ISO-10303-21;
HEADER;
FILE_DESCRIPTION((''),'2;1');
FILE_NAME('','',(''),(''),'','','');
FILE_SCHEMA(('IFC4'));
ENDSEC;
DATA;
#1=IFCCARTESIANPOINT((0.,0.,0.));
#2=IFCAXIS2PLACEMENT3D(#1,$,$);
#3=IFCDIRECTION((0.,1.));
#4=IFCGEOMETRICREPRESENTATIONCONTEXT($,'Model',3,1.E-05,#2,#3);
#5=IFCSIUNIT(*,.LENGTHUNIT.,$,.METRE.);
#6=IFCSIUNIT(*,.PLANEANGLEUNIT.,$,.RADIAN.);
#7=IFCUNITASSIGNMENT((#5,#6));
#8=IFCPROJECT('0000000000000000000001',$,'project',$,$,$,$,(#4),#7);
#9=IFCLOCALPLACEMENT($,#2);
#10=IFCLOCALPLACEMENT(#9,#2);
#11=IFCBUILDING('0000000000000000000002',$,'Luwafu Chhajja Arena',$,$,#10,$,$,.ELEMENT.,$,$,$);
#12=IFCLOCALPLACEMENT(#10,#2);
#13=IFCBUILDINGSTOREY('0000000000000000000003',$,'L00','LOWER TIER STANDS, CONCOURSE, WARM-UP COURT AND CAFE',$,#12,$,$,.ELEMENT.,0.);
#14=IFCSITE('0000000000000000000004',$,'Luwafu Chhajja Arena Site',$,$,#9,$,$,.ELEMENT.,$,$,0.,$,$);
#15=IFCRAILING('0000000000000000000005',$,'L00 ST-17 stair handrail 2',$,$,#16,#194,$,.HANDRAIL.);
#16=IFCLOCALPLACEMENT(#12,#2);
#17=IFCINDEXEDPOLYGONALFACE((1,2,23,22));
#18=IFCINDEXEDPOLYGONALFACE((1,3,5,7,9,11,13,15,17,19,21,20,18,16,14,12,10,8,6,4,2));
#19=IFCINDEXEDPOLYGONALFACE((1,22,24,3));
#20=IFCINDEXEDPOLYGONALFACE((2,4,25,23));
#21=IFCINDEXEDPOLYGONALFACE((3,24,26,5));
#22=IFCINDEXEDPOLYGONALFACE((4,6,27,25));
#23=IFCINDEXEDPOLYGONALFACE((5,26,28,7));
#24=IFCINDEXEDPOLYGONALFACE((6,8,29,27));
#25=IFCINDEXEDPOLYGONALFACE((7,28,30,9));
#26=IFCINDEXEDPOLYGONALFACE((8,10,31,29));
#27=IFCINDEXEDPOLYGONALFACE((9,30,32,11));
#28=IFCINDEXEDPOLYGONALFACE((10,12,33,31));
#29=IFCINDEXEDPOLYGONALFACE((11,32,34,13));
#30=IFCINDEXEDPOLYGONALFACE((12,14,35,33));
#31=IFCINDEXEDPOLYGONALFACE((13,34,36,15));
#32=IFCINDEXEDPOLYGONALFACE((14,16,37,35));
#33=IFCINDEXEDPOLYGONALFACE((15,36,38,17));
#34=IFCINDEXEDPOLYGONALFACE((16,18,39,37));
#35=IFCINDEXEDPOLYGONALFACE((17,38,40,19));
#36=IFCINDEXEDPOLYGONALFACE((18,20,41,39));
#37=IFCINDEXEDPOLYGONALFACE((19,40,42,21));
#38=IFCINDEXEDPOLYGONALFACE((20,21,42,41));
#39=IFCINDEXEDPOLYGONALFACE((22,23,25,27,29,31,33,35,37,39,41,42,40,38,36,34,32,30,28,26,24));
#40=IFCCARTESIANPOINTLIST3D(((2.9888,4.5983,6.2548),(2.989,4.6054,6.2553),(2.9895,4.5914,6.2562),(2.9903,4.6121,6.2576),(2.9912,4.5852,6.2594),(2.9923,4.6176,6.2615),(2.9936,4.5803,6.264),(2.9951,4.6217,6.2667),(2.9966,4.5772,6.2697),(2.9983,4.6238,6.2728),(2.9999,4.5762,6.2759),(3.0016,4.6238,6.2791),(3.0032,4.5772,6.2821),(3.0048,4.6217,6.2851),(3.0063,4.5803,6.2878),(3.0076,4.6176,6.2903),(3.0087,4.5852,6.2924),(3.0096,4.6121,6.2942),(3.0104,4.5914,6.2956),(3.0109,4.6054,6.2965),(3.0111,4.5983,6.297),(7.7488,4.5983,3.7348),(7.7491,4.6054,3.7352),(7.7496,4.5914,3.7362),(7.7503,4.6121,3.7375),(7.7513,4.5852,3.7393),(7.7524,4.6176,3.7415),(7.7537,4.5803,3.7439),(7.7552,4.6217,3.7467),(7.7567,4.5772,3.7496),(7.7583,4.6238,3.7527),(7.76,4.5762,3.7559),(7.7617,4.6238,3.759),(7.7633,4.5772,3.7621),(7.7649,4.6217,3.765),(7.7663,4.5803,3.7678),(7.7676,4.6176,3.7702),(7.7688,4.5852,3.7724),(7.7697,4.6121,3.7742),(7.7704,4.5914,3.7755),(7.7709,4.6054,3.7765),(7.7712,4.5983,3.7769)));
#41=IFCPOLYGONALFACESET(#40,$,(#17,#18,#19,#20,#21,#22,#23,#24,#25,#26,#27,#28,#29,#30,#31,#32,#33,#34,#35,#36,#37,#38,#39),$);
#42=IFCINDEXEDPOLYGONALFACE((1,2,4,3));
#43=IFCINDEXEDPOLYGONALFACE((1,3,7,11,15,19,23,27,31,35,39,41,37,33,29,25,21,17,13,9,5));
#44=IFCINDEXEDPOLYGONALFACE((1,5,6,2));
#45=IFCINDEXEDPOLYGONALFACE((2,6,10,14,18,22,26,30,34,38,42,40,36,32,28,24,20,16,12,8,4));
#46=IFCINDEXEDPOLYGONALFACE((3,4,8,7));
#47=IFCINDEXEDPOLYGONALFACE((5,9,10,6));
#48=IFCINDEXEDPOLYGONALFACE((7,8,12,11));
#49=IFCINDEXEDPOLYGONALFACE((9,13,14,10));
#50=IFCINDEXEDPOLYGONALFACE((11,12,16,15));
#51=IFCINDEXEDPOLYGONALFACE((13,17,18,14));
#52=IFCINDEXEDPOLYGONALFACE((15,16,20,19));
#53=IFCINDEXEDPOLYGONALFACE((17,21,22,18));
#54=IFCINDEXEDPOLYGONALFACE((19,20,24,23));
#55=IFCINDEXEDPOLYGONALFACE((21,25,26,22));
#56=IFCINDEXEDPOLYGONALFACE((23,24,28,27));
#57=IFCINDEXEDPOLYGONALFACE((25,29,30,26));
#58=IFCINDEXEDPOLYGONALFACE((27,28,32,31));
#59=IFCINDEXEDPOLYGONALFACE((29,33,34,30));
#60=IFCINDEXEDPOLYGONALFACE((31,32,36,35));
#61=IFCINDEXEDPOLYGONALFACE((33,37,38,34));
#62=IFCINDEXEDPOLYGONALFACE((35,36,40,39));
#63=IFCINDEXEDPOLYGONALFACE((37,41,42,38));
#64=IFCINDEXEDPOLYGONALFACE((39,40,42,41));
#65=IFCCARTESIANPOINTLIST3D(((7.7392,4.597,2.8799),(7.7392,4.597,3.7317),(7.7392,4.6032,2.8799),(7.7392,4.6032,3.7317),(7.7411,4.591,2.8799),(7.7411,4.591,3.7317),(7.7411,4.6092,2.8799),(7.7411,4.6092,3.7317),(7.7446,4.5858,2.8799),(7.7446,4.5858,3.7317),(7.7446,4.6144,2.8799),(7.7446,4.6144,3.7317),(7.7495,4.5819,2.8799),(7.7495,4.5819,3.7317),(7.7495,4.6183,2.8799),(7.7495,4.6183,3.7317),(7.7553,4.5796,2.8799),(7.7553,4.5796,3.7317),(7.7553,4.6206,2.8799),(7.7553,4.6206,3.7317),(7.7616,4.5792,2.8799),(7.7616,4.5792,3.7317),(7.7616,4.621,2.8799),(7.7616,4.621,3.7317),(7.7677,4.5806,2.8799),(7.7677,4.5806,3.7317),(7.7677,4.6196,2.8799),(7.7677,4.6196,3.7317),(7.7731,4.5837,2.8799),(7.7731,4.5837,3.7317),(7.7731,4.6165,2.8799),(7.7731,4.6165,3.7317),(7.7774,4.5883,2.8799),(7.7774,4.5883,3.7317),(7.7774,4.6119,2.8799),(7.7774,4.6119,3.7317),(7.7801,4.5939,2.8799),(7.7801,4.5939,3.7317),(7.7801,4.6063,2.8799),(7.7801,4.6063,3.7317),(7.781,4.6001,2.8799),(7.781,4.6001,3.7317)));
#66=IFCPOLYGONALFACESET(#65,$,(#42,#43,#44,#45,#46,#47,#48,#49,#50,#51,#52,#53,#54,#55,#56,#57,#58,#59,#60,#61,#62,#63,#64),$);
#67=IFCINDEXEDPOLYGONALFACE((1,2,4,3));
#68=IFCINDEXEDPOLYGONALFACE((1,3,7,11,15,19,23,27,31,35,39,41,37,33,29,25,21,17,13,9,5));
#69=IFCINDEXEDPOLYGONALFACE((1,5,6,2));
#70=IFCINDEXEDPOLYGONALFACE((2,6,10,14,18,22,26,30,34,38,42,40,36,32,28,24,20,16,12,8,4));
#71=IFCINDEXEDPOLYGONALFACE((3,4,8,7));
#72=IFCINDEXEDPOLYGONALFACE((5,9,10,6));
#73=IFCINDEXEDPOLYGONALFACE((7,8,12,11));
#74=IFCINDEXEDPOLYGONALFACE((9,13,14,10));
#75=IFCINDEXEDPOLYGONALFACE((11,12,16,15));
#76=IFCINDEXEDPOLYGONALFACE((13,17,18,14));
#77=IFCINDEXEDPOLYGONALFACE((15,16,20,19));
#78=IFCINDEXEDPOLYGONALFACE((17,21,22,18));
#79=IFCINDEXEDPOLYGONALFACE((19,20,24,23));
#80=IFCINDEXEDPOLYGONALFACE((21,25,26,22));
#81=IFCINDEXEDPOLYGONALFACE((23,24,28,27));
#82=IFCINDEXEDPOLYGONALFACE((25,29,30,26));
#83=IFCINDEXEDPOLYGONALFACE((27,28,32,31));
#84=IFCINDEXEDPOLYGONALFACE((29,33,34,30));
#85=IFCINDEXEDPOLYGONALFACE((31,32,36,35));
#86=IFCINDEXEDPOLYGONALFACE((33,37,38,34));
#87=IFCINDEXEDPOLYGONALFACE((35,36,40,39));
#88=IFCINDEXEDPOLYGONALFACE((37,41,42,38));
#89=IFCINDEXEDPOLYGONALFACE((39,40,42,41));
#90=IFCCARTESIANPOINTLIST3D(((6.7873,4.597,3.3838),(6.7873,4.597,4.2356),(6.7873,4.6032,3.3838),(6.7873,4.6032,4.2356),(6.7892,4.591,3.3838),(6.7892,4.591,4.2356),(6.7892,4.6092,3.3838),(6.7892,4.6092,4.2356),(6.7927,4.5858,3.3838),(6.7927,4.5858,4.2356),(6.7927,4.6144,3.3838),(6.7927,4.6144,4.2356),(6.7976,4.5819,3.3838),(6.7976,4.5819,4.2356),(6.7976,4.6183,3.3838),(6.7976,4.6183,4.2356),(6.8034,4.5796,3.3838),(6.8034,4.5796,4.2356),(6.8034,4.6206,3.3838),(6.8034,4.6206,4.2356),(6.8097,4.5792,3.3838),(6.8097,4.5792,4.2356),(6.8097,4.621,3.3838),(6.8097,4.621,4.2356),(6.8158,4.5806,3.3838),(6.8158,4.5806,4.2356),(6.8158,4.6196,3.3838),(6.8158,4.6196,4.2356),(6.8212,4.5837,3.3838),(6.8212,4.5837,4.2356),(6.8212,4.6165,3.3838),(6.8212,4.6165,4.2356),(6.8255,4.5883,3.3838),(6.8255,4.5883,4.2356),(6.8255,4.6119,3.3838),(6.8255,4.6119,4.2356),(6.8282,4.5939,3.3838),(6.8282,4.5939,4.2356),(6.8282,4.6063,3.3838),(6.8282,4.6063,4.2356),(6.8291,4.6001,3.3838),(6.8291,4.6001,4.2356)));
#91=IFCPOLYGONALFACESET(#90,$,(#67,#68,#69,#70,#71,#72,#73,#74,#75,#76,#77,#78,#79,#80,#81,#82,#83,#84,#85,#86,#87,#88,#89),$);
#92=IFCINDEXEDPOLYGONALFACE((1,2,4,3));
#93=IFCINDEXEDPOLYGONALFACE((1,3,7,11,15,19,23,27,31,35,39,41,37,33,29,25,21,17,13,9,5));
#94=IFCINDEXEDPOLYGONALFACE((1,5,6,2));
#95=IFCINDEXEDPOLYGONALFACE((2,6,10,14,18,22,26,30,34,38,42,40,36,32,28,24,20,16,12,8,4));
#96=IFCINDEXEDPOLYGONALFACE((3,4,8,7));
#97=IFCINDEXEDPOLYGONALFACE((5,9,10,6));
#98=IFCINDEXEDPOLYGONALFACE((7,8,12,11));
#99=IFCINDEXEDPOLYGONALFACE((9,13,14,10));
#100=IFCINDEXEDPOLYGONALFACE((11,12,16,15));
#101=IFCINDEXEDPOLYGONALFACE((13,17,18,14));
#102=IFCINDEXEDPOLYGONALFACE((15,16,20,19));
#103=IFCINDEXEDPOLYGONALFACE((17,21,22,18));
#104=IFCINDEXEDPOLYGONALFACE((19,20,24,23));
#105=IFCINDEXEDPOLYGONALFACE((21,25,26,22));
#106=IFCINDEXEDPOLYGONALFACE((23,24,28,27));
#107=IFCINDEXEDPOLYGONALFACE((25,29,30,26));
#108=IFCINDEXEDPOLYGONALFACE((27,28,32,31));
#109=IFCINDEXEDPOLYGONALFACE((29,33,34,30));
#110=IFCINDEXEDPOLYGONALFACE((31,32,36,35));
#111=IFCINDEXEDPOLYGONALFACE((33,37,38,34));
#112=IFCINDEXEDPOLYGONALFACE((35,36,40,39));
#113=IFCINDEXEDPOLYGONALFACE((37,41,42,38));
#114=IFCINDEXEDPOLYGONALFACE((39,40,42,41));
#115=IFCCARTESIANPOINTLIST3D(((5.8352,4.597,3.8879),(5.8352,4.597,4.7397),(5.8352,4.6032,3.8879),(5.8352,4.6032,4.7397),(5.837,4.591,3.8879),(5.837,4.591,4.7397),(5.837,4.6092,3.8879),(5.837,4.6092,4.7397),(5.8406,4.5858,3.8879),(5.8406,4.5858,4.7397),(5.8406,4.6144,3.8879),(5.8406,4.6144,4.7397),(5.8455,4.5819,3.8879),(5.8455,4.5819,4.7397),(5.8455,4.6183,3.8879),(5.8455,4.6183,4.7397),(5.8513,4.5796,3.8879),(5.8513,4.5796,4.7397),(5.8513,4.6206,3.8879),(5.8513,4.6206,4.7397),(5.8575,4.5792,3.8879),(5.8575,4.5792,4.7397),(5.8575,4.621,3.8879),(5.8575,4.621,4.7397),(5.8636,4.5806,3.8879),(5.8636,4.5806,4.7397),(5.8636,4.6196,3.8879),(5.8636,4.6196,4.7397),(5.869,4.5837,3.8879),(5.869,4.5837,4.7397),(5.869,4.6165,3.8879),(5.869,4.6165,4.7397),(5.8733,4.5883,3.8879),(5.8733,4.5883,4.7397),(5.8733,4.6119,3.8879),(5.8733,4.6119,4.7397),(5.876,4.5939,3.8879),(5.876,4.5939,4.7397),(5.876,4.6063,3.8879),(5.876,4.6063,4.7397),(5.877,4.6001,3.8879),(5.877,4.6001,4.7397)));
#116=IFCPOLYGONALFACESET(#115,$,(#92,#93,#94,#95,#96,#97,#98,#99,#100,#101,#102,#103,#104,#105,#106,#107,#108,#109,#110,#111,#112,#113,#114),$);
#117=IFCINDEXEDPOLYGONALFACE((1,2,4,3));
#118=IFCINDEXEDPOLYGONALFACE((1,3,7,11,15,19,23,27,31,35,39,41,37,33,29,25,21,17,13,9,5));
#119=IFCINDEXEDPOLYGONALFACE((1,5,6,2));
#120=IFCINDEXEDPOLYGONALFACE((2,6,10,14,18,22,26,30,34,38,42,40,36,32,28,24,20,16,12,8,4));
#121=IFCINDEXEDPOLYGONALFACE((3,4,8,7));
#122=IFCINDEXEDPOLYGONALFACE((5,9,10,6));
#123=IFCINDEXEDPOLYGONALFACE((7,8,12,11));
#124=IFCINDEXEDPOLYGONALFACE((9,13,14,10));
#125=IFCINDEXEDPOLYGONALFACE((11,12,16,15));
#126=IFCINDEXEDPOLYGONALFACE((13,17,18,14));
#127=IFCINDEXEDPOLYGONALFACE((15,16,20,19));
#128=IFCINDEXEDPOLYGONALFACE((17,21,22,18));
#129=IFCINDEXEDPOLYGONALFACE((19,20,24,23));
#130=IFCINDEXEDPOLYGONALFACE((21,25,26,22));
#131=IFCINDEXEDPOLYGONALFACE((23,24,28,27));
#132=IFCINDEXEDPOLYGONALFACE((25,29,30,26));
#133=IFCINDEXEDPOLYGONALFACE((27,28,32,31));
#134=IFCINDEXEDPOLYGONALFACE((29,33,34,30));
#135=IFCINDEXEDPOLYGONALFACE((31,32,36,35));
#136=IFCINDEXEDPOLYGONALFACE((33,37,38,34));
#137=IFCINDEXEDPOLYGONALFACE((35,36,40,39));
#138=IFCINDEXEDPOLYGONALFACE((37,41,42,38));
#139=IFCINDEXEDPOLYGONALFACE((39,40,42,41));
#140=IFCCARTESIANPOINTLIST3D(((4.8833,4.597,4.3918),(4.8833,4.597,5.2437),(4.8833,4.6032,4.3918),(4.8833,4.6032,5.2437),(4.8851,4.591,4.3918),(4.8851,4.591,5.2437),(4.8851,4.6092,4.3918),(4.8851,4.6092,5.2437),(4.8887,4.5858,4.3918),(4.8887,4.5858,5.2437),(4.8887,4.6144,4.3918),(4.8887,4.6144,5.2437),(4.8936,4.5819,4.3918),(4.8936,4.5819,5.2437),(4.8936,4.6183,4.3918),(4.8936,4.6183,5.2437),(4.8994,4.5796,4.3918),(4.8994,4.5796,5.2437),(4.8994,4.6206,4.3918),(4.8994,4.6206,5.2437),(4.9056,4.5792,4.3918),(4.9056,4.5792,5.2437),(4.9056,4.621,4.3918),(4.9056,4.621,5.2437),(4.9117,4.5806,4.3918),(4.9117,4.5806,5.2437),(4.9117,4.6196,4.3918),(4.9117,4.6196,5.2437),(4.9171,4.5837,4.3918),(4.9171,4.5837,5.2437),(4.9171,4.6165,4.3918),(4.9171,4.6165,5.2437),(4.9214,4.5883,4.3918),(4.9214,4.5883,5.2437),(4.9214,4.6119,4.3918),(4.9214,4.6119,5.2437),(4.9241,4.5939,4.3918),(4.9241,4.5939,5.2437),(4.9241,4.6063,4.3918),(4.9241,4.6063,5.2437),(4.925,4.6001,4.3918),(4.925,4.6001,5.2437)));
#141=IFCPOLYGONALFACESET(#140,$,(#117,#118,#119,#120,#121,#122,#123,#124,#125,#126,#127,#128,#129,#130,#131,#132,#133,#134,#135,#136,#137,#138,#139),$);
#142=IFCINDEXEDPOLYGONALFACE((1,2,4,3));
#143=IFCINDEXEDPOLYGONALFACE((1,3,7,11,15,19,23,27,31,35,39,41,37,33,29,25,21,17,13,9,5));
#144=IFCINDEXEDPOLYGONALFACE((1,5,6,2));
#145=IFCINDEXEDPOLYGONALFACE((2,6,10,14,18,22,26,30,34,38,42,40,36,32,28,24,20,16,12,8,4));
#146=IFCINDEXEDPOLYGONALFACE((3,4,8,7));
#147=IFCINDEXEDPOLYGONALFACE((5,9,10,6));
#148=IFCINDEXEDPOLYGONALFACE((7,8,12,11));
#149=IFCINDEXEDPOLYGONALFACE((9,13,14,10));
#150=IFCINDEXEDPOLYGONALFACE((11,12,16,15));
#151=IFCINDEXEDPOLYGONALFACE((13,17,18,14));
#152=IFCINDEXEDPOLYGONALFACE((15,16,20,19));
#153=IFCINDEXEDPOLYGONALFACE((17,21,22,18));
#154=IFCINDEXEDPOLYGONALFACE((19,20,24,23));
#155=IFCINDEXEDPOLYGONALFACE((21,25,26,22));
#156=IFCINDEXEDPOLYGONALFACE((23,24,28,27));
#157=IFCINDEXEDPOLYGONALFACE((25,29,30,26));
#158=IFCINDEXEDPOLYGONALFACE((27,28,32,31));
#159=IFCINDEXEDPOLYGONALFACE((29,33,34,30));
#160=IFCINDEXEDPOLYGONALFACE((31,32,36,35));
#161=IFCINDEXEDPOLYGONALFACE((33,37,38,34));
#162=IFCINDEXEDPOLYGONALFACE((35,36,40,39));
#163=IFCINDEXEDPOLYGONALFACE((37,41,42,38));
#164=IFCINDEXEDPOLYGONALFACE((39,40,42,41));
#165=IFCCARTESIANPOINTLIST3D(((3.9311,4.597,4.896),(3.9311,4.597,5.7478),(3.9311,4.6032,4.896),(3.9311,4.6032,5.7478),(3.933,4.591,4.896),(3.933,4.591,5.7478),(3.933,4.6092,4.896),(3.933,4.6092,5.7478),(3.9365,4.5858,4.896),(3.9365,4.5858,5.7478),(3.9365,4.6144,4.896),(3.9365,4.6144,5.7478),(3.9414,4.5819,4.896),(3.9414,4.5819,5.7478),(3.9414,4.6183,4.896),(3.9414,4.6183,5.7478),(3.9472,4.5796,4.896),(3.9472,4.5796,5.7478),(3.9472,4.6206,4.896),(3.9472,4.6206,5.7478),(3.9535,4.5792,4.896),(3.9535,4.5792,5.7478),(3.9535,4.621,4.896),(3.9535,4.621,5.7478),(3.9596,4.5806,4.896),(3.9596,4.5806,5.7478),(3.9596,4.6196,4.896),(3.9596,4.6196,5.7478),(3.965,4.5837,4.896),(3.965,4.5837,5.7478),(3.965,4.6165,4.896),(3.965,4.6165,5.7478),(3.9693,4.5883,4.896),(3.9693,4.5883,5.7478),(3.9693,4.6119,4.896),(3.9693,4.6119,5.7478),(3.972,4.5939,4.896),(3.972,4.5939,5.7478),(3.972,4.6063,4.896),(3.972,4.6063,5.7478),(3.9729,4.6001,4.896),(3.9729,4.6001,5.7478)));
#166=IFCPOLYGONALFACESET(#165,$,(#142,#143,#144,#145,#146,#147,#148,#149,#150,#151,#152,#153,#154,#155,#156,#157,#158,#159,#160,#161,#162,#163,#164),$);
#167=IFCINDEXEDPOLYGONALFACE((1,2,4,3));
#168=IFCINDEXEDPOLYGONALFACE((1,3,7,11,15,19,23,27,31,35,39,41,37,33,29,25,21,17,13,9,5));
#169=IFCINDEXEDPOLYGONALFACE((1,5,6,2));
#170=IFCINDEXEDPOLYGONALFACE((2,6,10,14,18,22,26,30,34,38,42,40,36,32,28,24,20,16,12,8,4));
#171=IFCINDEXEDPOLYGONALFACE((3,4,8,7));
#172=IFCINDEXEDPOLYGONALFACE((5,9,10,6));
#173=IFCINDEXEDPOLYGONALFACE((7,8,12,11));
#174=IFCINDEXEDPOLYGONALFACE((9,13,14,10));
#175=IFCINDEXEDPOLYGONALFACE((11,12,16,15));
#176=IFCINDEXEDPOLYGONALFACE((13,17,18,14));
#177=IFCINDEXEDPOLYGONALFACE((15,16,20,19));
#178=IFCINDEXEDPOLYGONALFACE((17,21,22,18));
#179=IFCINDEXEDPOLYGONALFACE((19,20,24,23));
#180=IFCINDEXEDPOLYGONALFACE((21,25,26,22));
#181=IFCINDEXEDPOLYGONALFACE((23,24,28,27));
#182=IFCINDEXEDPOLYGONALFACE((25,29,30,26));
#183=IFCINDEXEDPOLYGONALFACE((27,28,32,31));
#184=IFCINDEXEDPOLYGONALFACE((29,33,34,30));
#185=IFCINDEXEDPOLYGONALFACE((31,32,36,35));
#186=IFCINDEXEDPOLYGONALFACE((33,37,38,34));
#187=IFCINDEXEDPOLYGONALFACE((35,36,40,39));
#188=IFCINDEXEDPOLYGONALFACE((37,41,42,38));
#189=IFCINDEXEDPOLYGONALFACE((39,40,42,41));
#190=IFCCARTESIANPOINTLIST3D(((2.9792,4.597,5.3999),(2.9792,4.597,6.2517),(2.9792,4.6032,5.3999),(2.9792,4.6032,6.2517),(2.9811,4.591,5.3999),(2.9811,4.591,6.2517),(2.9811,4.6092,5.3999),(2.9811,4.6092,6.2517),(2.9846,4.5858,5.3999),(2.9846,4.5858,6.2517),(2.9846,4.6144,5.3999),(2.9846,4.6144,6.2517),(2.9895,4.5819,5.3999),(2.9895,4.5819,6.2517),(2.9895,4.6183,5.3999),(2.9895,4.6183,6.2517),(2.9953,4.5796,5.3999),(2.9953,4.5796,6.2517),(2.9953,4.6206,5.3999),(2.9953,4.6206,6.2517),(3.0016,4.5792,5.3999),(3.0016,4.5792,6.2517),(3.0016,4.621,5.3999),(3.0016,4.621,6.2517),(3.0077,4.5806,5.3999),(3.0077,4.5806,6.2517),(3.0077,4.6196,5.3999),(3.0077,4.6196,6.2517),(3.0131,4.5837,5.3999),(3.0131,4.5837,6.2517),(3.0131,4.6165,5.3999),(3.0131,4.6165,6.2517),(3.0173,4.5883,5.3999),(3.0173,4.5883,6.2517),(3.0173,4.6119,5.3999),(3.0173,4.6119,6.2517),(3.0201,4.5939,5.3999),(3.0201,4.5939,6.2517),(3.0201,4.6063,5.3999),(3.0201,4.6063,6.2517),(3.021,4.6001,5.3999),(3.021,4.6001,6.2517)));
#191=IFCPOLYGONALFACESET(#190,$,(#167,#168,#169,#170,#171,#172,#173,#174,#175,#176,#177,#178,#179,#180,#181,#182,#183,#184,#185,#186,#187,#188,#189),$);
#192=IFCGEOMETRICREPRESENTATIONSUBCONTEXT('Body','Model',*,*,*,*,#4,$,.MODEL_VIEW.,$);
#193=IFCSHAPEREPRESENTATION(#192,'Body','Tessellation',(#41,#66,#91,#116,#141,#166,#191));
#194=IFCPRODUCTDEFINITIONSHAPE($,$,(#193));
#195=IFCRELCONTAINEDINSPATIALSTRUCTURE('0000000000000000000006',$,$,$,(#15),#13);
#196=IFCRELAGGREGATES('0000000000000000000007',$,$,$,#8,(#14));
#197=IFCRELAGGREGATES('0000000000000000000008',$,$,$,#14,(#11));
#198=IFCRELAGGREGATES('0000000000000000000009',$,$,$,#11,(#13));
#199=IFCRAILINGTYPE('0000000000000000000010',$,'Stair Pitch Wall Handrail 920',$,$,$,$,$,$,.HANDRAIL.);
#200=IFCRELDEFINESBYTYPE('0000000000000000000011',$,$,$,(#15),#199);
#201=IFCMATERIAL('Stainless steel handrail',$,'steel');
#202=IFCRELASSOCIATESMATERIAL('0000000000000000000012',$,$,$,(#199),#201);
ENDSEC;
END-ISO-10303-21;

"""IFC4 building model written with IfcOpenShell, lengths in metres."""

from ifc_helpers import new_model, si_unit, direction, frame, origin, origin_2d, place, context, subcontext, project, spatial, circle, extrude, material, type_object, element, save


model = new_model("IFC4")

# Units and contexts
model_context = context("Model", 3, precision=1e-05, world=origin(), true_north=direction((0.0, 1.0)))
body_context = subcontext(model_context, "Body", "Model", "MODEL_VIEW")
ifc_project = project(units=[si_unit("LENGTHUNIT", "METRE"), si_unit("PLANEANGLEUNIT", "RADIAN")], contexts=[model_context])

# Site, building, storey
site_placement = place(None, origin())
site = spatial("IfcSite", under=ifc_project, at=site_placement, Name="Luwafu Chhajja Arena Site", CompositionType="ELEMENT", RefElevation=0.0)
building_placement = place(site_placement, origin())
building = spatial("IfcBuilding", under=site, at=building_placement, Name="Luwafu Chhajja Arena", CompositionType="ELEMENT")
storey_placement = place(building_placement, origin())
storey = spatial("IfcBuildingStorey", under=building, at=storey_placement, Name="L00", Description="LOWER TIER STANDS, CONCOURSE, WARM-UP COURT AND CAFE", CompositionType="ELEMENT", Elevation=0.0)

# Railing
ifc_material_1 = material(Name="Stainless steel handrail", Category="steel")
railing_type_1 = type_object("IfcRailingType", Name="Stair Pitch Wall Handrail 920", PredefinedType="HANDRAIL", material=ifc_material_1)
for number, where, name in (
    (1, (7.76, 4.6001, 2.8799), "L00 ST-17 stair handrail 2"),
):
    element("IfcRailing", number, at=place(storey_placement, frame(where)), inside=storey, type_object=railing_type_1, Name=name, PredefinedType="HANDRAIL", context=body_context, shape_type="SweptSolid", body=[
        extrude(circle(Radius=0.0239, at=origin_2d()), frame((0.0, 0.0, 0.876), z_axis=(-0.883787, 0.0, 0.46789), x_axis=(0.0, -1.0, 0.0)), (0.0, 0.0, 1.0), 5.386),
        extrude(circle(Radius=0.021, at=origin_2d()), origin(), (0.0, 0.0, 1.0), 0.8518),
        extrude(circle(Radius=0.021, at=origin_2d()), frame((-0.9519, 0.0, 0.5039)), (0.0, 0.0, 1.0), 0.8518),
        extrude(circle(Radius=0.021, at=origin_2d()), frame((-1.9041, 0.0, 1.0081)), (0.0, 0.0, 1.0), 0.8518),
        extrude(circle(Radius=0.021, at=origin_2d()), frame((-2.856, 0.0, 1.512)), (0.0, 0.0, 1.0), 0.8518),
        extrude(circle(Radius=0.021, at=origin_2d()), frame((-3.8081, 0.0, 2.0161)), (0.0, 0.0, 1.0), 0.8518),
        extrude(circle(Radius=0.021, at=origin_2d()), frame((-4.76, 0.0, 2.52)), (0.0, 0.0, 1.0), 0.8518),
    ])

save(model, "model.ifc")
